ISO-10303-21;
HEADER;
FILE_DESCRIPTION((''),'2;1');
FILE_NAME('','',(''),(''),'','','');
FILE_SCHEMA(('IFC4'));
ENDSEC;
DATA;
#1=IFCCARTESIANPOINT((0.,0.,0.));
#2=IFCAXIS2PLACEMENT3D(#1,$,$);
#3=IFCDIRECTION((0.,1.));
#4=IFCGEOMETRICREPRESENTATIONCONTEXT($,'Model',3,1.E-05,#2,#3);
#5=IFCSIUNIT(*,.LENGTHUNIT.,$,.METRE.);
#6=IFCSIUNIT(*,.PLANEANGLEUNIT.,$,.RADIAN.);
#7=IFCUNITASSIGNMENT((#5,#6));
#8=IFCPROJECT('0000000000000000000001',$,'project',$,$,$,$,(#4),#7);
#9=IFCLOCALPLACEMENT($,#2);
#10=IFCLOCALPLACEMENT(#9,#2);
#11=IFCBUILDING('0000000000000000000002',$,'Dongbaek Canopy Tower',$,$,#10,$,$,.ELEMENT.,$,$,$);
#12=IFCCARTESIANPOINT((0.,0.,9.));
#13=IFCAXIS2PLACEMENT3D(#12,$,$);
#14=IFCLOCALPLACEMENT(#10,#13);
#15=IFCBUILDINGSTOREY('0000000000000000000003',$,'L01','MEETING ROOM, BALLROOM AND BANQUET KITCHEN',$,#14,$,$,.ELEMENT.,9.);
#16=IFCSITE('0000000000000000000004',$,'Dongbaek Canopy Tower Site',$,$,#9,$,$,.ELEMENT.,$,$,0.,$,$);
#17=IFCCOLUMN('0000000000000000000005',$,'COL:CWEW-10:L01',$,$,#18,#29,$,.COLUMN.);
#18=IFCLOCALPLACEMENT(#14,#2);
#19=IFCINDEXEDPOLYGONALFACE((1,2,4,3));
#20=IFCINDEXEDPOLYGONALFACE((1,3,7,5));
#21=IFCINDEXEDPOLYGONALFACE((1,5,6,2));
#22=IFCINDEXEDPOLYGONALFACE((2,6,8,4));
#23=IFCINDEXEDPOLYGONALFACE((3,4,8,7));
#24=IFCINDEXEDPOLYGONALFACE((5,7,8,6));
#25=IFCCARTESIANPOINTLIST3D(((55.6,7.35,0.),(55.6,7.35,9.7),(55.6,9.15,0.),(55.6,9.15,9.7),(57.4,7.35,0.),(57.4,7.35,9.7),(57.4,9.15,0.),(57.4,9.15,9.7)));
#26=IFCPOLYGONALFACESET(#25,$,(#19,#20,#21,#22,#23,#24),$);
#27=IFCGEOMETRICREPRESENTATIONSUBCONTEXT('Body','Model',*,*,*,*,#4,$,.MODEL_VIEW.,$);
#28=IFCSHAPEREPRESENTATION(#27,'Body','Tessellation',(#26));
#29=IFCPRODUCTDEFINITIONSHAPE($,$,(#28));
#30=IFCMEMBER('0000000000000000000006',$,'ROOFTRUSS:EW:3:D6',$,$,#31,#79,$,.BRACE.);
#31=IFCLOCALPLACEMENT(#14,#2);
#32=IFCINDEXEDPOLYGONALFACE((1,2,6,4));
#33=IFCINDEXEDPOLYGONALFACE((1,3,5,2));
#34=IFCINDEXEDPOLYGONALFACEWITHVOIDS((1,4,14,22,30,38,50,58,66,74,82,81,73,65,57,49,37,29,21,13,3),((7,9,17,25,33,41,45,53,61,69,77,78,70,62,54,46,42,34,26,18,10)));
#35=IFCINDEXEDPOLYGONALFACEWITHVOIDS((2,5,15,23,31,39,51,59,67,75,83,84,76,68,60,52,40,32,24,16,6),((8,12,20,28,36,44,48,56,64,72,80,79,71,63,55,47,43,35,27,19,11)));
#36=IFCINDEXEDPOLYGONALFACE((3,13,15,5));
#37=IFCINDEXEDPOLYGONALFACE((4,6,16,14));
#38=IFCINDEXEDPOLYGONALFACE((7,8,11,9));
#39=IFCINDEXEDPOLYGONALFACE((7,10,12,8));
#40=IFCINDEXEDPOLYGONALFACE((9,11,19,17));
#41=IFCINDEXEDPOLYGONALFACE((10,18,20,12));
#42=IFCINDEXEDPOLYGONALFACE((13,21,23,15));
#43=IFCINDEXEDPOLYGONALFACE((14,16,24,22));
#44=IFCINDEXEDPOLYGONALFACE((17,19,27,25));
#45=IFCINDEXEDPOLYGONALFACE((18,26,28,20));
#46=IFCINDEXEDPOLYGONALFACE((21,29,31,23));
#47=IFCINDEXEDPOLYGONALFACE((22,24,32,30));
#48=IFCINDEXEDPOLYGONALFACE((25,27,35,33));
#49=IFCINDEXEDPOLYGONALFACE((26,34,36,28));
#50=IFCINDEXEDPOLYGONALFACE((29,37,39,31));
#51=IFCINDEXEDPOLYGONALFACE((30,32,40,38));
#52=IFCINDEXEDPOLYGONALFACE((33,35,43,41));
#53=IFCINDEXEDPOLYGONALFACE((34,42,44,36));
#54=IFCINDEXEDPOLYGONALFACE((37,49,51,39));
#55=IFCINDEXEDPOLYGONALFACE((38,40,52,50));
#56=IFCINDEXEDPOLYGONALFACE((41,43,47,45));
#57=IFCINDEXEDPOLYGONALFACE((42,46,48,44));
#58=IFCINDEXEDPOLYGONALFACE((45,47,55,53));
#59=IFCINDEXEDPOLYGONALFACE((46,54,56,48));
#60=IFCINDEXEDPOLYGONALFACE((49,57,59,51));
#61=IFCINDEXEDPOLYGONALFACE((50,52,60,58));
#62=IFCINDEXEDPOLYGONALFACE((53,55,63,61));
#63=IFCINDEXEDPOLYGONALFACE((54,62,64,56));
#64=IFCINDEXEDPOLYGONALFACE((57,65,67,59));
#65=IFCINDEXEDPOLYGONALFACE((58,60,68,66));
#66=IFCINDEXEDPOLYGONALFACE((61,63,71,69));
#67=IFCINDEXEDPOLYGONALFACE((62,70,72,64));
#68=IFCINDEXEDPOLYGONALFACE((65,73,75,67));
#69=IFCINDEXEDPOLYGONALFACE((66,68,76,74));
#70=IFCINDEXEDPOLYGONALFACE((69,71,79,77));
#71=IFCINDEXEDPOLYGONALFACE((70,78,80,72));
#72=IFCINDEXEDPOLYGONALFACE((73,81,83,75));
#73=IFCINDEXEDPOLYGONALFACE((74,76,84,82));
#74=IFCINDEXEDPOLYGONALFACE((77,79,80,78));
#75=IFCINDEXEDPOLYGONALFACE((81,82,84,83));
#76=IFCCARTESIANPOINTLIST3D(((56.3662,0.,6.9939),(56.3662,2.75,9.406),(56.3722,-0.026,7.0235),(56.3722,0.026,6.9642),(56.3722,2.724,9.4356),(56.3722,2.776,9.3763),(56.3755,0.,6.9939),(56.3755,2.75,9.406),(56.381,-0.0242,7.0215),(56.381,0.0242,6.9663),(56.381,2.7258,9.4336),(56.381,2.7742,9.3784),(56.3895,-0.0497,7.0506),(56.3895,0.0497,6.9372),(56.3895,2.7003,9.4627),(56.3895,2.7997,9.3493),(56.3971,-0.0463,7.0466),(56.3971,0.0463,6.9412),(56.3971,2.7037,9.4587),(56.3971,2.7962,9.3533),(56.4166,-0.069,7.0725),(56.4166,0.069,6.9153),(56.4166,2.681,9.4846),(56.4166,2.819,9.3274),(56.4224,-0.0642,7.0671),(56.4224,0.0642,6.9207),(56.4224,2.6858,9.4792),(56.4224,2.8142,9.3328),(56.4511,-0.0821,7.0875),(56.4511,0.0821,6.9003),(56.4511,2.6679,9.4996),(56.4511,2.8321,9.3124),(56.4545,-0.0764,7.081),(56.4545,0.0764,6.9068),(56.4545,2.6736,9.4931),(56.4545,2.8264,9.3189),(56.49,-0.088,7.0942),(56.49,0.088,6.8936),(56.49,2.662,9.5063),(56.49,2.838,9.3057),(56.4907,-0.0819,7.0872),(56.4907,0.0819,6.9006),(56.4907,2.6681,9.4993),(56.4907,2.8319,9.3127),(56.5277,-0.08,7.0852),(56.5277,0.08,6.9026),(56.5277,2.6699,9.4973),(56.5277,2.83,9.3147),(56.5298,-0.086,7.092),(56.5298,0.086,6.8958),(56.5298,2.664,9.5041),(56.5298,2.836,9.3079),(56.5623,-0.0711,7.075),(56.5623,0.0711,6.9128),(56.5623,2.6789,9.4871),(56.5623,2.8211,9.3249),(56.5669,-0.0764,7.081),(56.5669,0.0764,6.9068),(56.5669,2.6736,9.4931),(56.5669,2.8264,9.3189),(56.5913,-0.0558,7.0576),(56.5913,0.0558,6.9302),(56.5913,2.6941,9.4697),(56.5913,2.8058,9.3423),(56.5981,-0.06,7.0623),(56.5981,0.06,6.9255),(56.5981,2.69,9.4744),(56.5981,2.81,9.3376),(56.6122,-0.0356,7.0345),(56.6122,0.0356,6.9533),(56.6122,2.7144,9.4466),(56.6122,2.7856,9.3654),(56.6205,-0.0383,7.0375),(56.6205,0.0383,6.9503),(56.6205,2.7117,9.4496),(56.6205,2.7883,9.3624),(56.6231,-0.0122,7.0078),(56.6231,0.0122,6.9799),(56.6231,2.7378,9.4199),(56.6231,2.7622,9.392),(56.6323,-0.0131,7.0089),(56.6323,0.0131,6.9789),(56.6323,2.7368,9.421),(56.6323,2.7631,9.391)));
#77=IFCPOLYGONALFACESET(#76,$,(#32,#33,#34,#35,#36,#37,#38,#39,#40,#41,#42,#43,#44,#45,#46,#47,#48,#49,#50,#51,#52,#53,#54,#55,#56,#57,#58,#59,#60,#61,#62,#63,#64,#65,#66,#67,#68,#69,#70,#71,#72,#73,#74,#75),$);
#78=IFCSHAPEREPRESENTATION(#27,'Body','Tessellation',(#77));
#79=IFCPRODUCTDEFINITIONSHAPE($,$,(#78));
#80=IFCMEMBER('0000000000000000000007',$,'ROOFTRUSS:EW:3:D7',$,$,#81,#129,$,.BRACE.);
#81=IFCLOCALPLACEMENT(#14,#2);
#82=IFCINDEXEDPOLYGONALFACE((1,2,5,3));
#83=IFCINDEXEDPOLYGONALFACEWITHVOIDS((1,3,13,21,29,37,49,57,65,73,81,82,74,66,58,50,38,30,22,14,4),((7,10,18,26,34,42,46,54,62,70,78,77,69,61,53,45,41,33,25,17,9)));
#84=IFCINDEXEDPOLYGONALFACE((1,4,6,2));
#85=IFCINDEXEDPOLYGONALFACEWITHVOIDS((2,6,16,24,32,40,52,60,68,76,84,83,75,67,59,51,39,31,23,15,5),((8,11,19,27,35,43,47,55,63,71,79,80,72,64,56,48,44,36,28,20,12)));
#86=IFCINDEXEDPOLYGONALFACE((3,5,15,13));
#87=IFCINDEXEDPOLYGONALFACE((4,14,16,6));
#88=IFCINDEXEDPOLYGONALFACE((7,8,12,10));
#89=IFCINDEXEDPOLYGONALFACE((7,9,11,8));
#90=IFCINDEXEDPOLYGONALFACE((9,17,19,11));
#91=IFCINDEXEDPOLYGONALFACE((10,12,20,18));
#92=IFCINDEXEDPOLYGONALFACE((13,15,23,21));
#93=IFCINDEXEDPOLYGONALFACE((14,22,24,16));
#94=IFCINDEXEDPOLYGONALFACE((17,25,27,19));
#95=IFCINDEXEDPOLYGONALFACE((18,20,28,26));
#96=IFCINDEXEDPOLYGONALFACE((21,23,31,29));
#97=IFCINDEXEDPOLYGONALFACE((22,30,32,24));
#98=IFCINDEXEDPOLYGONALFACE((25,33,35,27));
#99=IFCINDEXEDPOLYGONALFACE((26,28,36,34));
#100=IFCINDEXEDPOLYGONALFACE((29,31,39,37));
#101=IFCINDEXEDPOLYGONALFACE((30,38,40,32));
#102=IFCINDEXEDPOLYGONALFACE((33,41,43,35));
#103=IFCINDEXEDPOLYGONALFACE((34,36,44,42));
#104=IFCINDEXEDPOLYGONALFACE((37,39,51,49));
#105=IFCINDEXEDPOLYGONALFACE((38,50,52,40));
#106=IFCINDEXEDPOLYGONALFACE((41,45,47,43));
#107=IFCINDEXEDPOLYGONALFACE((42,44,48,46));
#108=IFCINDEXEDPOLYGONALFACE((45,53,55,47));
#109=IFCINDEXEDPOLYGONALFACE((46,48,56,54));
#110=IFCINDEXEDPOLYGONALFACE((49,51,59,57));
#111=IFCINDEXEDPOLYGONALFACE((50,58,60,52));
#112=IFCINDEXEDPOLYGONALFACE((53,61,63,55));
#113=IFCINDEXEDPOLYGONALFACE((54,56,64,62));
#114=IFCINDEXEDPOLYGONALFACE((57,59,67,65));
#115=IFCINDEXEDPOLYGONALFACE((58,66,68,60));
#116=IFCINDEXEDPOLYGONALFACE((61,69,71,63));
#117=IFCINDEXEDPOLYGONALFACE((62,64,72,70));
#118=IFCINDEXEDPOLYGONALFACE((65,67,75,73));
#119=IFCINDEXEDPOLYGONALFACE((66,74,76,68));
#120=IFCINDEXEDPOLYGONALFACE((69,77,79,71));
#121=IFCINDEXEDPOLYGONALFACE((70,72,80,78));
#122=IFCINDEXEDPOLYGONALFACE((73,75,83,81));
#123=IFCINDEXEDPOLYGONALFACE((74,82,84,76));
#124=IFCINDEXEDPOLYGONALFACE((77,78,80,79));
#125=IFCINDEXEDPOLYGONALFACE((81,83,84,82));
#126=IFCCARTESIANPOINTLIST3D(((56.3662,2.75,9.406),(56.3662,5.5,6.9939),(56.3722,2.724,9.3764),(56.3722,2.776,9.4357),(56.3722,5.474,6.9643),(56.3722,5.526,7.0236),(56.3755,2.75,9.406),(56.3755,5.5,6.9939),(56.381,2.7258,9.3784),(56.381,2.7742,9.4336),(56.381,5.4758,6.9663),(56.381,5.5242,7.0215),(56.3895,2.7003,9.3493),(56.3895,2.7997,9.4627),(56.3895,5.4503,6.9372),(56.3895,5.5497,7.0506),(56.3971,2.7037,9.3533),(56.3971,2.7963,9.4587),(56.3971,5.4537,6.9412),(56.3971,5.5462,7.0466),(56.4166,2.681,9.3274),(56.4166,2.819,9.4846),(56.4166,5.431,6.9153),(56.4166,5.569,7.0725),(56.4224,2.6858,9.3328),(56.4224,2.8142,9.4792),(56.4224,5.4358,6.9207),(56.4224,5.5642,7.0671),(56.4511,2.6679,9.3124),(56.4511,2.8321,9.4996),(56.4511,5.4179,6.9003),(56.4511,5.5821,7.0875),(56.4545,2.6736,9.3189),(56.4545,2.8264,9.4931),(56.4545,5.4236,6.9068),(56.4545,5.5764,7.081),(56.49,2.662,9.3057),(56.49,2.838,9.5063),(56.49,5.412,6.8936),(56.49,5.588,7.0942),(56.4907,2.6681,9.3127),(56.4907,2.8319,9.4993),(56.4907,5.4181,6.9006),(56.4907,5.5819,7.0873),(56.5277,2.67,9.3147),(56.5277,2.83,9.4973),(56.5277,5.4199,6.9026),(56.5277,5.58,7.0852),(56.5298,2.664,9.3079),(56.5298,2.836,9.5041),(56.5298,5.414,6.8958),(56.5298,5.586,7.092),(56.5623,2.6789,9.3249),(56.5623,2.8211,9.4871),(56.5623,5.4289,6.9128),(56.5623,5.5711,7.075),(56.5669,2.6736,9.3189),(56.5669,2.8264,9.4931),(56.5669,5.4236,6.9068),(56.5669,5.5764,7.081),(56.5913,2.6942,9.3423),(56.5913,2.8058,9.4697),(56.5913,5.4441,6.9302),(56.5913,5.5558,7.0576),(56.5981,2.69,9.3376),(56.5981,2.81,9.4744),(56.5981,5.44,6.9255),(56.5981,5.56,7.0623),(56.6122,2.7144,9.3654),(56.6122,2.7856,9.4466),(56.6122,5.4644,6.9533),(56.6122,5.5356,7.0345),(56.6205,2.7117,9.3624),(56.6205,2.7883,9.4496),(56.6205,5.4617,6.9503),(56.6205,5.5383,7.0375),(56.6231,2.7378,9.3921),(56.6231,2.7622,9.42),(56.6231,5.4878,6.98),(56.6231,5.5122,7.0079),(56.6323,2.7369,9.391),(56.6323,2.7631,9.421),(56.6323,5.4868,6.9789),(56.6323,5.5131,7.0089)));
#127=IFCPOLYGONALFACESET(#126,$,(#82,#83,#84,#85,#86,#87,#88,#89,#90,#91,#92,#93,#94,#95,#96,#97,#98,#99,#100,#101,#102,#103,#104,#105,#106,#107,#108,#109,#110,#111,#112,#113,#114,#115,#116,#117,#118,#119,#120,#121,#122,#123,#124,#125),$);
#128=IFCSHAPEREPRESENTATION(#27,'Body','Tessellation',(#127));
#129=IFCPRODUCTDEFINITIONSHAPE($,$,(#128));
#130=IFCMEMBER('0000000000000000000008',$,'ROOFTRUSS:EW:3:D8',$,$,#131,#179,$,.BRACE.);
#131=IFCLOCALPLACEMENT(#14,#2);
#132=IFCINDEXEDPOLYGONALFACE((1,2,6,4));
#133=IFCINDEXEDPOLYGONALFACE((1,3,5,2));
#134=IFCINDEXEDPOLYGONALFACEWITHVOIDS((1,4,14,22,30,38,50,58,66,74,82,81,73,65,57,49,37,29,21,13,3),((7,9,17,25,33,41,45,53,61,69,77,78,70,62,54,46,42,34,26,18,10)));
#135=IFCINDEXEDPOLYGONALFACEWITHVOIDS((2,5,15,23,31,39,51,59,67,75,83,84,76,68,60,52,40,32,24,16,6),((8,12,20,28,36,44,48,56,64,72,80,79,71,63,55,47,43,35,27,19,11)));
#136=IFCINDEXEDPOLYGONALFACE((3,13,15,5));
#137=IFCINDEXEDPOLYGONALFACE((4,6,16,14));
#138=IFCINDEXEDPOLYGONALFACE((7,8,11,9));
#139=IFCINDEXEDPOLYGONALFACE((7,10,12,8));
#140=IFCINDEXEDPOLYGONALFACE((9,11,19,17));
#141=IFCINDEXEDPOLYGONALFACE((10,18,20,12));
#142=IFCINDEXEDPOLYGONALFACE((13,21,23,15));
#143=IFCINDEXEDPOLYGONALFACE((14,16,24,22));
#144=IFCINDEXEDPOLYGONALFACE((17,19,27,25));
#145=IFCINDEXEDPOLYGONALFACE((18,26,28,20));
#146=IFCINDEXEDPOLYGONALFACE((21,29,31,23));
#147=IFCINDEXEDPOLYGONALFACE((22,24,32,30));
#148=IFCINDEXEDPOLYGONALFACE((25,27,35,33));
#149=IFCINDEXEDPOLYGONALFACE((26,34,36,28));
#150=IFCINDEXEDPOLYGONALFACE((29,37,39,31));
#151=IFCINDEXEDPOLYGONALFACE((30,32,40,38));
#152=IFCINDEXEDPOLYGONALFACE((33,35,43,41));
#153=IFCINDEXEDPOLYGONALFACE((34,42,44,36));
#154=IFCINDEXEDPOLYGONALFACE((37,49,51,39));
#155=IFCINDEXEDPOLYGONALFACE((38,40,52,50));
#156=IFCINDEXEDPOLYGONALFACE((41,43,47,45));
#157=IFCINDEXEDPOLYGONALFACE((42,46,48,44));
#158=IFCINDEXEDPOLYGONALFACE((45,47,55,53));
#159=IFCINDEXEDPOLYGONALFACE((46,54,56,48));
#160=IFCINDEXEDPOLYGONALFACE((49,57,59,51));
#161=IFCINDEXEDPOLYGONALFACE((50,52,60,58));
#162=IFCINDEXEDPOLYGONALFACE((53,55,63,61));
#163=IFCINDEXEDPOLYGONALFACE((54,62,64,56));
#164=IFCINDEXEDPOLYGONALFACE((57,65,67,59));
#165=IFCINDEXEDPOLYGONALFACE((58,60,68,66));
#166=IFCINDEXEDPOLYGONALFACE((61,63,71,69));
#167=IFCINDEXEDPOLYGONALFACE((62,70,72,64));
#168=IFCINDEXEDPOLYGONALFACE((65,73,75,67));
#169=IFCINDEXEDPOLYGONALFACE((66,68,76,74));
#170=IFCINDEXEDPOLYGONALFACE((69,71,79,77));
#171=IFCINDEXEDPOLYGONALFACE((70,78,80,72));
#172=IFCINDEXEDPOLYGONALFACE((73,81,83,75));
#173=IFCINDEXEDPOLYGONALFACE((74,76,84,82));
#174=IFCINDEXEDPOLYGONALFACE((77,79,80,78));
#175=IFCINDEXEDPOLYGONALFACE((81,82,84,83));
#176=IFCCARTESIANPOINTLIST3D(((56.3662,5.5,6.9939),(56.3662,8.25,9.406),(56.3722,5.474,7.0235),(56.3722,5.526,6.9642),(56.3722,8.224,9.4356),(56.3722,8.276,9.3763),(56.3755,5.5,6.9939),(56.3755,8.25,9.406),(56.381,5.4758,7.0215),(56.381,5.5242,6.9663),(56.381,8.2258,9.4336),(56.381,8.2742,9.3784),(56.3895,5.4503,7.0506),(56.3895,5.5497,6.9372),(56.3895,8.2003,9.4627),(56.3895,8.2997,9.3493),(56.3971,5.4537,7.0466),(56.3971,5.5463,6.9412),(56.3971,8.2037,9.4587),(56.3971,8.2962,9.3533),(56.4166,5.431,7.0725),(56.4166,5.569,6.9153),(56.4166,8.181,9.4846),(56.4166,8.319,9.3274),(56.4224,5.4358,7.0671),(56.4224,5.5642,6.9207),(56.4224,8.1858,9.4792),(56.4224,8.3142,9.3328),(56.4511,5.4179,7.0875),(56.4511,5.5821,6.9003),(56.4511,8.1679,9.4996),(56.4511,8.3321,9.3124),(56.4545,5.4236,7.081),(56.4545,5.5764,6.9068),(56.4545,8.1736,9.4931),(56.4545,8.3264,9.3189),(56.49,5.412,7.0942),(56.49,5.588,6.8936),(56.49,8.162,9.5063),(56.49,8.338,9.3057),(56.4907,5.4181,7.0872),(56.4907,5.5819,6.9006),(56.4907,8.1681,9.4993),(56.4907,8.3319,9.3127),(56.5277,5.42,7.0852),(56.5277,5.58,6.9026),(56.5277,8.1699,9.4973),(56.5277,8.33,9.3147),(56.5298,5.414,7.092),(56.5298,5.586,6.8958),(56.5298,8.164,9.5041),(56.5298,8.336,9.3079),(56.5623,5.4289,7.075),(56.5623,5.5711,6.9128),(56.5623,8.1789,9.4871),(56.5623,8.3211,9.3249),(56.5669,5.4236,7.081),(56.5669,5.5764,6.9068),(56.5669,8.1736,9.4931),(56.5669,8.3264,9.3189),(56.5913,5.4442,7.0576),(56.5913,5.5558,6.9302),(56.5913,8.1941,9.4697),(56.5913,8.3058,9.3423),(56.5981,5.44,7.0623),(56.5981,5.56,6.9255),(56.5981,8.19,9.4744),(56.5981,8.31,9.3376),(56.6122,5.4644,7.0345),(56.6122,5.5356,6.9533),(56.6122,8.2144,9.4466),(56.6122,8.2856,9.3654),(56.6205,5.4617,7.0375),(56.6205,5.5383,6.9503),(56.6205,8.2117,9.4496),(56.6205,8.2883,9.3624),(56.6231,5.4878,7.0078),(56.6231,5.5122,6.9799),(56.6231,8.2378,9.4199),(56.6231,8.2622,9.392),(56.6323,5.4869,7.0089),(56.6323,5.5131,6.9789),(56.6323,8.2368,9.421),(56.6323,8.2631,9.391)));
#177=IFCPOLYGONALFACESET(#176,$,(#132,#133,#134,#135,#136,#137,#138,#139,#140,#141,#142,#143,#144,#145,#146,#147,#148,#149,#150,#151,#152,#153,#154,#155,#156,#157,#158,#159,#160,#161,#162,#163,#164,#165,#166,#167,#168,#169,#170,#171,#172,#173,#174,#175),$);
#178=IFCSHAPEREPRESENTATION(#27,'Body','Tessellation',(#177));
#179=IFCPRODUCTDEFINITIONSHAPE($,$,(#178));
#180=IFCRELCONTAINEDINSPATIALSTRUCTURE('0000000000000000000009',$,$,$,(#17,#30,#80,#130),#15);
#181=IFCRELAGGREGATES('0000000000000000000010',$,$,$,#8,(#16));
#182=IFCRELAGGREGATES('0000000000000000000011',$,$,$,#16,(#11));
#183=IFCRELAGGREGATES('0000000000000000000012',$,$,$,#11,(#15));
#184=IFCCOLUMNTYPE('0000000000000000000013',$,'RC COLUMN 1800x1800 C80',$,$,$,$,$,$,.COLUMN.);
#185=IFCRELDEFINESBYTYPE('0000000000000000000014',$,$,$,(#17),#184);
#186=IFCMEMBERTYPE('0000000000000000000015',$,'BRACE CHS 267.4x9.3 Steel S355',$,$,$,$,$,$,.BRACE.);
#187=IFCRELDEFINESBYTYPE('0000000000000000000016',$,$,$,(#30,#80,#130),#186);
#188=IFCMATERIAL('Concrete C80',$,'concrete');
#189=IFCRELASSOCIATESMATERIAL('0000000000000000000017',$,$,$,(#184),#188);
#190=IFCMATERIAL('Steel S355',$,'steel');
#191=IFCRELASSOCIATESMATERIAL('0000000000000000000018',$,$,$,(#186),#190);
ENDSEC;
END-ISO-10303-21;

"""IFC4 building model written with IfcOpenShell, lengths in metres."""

from ifc_helpers import new_model, si_unit, direction, frame, origin, origin_2d, place, context, subcontext, project, spatial, rectangle, hollow_circle, extrude, material, material_profile, profile_set, type_object, element, save


model = new_model("IFC4")

# Units and contexts
model_context = context("Model", 3, precision=1e-05, world=origin(), true_north=direction((0.0, 1.0)))
body_context = subcontext(model_context, "Body", "Model", "MODEL_VIEW")
ifc_project = project(units=[si_unit("LENGTHUNIT", "METRE"), si_unit("PLANEANGLEUNIT", "RADIAN")], contexts=[model_context])

# Site, building, storey
site_placement = place(None, origin())
site = spatial("IfcSite", under=ifc_project, at=site_placement, Name="Dongbaek Canopy Tower Site", CompositionType="ELEMENT", RefElevation=0.0)
building_placement = place(site_placement, origin())
building = spatial("IfcBuilding", under=site, at=building_placement, Name="Dongbaek Canopy Tower", CompositionType="ELEMENT")
storey_placement = place(building_placement, frame((0.0, 0.0, 9.0)))
storey = spatial("IfcBuildingStorey", under=building, at=storey_placement, Name="L01", Description="MEETING ROOM, BALLROOM AND BANQUET KITCHEN", CompositionType="ELEMENT", Elevation=9.0)

# Column
ifc_material_1 = material(Name="Concrete C80", Category="concrete")
ifc_material_profile_1 = material_profile(ifc_material_1, rectangle(XDim=1.8, YDim=1.8, at=origin_2d()), Name="RC COLUMN 1800x1800 C80")
ifc_profile_set_1 = profile_set([ifc_material_profile_1], Name="Concrete C80")
column_type = type_object("IfcColumnType", Name="RC COLUMN 1800x1800 C80", PredefinedType="COLUMN", material=ifc_profile_set_1)
column_placement = place(storey_placement, frame((56.5, 8.25, 0.0), z_axis=(0.0, 0.0, 1.0), x_axis=(1.0, 0.0, 0.0)))
element("IfcColumn", 1, at=column_placement, inside=storey, type_object=column_type, Name="COL:CWEW-10:L01", PredefinedType="COLUMN", context=body_context, shape_type="SweptSolid", body=[
    extrude(rectangle(XDim=1.8, YDim=1.8, at=origin_2d()), origin(), (0.0, 0.0, 1.0), 9.7),
])

# Members
ifc_material_2 = material(Name="Steel S355", Category="steel")
ifc_material_profile_2 = material_profile(ifc_material_2, hollow_circle(Radius=0.1338, WallThickness=0.0093, at=origin_2d()), Name="BRACE CHS 267.4x9.3 Steel S355")
ifc_profile_set_2 = profile_set([ifc_material_profile_2], Name="Steel S355")
member_type_1 = type_object("IfcMemberType", Name="BRACE CHS 267.4x9.3 Steel S355", PredefinedType="BRACE", material=ifc_profile_set_2)
for number, where, z_axis, x_axis, name in (
    (2, (56.5, 0.0, 6.9939), (0.0, 0.751782, 0.659411), (-1.0, 0.0, 0.0), "ROOFTRUSS:EW:3:D6"),
    (3, (56.5, 2.75, 9.406), (0.0, 0.751782, -0.659411), (-1.0, 0.0, 0.0), "ROOFTRUSS:EW:3:D7"),
    (4, (56.5, 5.5, 6.9939), (0.0, 0.751782, 0.659411), (-1.0, 0.0, 0.0), "ROOFTRUSS:EW:3:D8"),
):
    element("IfcMember", number, at=place(storey_placement, frame(where, z_axis=z_axis, x_axis=x_axis)), inside=storey, type_object=member_type_1, Name=name, PredefinedType="BRACE", context=body_context, shape_type="SweptSolid", body=[
        extrude(hollow_circle(Radius=0.1338, WallThickness=0.0093, at=origin_2d()), origin(), (0.0, 0.0, 1.0), 3.658),
    ])

save(model, "model.ifc")
